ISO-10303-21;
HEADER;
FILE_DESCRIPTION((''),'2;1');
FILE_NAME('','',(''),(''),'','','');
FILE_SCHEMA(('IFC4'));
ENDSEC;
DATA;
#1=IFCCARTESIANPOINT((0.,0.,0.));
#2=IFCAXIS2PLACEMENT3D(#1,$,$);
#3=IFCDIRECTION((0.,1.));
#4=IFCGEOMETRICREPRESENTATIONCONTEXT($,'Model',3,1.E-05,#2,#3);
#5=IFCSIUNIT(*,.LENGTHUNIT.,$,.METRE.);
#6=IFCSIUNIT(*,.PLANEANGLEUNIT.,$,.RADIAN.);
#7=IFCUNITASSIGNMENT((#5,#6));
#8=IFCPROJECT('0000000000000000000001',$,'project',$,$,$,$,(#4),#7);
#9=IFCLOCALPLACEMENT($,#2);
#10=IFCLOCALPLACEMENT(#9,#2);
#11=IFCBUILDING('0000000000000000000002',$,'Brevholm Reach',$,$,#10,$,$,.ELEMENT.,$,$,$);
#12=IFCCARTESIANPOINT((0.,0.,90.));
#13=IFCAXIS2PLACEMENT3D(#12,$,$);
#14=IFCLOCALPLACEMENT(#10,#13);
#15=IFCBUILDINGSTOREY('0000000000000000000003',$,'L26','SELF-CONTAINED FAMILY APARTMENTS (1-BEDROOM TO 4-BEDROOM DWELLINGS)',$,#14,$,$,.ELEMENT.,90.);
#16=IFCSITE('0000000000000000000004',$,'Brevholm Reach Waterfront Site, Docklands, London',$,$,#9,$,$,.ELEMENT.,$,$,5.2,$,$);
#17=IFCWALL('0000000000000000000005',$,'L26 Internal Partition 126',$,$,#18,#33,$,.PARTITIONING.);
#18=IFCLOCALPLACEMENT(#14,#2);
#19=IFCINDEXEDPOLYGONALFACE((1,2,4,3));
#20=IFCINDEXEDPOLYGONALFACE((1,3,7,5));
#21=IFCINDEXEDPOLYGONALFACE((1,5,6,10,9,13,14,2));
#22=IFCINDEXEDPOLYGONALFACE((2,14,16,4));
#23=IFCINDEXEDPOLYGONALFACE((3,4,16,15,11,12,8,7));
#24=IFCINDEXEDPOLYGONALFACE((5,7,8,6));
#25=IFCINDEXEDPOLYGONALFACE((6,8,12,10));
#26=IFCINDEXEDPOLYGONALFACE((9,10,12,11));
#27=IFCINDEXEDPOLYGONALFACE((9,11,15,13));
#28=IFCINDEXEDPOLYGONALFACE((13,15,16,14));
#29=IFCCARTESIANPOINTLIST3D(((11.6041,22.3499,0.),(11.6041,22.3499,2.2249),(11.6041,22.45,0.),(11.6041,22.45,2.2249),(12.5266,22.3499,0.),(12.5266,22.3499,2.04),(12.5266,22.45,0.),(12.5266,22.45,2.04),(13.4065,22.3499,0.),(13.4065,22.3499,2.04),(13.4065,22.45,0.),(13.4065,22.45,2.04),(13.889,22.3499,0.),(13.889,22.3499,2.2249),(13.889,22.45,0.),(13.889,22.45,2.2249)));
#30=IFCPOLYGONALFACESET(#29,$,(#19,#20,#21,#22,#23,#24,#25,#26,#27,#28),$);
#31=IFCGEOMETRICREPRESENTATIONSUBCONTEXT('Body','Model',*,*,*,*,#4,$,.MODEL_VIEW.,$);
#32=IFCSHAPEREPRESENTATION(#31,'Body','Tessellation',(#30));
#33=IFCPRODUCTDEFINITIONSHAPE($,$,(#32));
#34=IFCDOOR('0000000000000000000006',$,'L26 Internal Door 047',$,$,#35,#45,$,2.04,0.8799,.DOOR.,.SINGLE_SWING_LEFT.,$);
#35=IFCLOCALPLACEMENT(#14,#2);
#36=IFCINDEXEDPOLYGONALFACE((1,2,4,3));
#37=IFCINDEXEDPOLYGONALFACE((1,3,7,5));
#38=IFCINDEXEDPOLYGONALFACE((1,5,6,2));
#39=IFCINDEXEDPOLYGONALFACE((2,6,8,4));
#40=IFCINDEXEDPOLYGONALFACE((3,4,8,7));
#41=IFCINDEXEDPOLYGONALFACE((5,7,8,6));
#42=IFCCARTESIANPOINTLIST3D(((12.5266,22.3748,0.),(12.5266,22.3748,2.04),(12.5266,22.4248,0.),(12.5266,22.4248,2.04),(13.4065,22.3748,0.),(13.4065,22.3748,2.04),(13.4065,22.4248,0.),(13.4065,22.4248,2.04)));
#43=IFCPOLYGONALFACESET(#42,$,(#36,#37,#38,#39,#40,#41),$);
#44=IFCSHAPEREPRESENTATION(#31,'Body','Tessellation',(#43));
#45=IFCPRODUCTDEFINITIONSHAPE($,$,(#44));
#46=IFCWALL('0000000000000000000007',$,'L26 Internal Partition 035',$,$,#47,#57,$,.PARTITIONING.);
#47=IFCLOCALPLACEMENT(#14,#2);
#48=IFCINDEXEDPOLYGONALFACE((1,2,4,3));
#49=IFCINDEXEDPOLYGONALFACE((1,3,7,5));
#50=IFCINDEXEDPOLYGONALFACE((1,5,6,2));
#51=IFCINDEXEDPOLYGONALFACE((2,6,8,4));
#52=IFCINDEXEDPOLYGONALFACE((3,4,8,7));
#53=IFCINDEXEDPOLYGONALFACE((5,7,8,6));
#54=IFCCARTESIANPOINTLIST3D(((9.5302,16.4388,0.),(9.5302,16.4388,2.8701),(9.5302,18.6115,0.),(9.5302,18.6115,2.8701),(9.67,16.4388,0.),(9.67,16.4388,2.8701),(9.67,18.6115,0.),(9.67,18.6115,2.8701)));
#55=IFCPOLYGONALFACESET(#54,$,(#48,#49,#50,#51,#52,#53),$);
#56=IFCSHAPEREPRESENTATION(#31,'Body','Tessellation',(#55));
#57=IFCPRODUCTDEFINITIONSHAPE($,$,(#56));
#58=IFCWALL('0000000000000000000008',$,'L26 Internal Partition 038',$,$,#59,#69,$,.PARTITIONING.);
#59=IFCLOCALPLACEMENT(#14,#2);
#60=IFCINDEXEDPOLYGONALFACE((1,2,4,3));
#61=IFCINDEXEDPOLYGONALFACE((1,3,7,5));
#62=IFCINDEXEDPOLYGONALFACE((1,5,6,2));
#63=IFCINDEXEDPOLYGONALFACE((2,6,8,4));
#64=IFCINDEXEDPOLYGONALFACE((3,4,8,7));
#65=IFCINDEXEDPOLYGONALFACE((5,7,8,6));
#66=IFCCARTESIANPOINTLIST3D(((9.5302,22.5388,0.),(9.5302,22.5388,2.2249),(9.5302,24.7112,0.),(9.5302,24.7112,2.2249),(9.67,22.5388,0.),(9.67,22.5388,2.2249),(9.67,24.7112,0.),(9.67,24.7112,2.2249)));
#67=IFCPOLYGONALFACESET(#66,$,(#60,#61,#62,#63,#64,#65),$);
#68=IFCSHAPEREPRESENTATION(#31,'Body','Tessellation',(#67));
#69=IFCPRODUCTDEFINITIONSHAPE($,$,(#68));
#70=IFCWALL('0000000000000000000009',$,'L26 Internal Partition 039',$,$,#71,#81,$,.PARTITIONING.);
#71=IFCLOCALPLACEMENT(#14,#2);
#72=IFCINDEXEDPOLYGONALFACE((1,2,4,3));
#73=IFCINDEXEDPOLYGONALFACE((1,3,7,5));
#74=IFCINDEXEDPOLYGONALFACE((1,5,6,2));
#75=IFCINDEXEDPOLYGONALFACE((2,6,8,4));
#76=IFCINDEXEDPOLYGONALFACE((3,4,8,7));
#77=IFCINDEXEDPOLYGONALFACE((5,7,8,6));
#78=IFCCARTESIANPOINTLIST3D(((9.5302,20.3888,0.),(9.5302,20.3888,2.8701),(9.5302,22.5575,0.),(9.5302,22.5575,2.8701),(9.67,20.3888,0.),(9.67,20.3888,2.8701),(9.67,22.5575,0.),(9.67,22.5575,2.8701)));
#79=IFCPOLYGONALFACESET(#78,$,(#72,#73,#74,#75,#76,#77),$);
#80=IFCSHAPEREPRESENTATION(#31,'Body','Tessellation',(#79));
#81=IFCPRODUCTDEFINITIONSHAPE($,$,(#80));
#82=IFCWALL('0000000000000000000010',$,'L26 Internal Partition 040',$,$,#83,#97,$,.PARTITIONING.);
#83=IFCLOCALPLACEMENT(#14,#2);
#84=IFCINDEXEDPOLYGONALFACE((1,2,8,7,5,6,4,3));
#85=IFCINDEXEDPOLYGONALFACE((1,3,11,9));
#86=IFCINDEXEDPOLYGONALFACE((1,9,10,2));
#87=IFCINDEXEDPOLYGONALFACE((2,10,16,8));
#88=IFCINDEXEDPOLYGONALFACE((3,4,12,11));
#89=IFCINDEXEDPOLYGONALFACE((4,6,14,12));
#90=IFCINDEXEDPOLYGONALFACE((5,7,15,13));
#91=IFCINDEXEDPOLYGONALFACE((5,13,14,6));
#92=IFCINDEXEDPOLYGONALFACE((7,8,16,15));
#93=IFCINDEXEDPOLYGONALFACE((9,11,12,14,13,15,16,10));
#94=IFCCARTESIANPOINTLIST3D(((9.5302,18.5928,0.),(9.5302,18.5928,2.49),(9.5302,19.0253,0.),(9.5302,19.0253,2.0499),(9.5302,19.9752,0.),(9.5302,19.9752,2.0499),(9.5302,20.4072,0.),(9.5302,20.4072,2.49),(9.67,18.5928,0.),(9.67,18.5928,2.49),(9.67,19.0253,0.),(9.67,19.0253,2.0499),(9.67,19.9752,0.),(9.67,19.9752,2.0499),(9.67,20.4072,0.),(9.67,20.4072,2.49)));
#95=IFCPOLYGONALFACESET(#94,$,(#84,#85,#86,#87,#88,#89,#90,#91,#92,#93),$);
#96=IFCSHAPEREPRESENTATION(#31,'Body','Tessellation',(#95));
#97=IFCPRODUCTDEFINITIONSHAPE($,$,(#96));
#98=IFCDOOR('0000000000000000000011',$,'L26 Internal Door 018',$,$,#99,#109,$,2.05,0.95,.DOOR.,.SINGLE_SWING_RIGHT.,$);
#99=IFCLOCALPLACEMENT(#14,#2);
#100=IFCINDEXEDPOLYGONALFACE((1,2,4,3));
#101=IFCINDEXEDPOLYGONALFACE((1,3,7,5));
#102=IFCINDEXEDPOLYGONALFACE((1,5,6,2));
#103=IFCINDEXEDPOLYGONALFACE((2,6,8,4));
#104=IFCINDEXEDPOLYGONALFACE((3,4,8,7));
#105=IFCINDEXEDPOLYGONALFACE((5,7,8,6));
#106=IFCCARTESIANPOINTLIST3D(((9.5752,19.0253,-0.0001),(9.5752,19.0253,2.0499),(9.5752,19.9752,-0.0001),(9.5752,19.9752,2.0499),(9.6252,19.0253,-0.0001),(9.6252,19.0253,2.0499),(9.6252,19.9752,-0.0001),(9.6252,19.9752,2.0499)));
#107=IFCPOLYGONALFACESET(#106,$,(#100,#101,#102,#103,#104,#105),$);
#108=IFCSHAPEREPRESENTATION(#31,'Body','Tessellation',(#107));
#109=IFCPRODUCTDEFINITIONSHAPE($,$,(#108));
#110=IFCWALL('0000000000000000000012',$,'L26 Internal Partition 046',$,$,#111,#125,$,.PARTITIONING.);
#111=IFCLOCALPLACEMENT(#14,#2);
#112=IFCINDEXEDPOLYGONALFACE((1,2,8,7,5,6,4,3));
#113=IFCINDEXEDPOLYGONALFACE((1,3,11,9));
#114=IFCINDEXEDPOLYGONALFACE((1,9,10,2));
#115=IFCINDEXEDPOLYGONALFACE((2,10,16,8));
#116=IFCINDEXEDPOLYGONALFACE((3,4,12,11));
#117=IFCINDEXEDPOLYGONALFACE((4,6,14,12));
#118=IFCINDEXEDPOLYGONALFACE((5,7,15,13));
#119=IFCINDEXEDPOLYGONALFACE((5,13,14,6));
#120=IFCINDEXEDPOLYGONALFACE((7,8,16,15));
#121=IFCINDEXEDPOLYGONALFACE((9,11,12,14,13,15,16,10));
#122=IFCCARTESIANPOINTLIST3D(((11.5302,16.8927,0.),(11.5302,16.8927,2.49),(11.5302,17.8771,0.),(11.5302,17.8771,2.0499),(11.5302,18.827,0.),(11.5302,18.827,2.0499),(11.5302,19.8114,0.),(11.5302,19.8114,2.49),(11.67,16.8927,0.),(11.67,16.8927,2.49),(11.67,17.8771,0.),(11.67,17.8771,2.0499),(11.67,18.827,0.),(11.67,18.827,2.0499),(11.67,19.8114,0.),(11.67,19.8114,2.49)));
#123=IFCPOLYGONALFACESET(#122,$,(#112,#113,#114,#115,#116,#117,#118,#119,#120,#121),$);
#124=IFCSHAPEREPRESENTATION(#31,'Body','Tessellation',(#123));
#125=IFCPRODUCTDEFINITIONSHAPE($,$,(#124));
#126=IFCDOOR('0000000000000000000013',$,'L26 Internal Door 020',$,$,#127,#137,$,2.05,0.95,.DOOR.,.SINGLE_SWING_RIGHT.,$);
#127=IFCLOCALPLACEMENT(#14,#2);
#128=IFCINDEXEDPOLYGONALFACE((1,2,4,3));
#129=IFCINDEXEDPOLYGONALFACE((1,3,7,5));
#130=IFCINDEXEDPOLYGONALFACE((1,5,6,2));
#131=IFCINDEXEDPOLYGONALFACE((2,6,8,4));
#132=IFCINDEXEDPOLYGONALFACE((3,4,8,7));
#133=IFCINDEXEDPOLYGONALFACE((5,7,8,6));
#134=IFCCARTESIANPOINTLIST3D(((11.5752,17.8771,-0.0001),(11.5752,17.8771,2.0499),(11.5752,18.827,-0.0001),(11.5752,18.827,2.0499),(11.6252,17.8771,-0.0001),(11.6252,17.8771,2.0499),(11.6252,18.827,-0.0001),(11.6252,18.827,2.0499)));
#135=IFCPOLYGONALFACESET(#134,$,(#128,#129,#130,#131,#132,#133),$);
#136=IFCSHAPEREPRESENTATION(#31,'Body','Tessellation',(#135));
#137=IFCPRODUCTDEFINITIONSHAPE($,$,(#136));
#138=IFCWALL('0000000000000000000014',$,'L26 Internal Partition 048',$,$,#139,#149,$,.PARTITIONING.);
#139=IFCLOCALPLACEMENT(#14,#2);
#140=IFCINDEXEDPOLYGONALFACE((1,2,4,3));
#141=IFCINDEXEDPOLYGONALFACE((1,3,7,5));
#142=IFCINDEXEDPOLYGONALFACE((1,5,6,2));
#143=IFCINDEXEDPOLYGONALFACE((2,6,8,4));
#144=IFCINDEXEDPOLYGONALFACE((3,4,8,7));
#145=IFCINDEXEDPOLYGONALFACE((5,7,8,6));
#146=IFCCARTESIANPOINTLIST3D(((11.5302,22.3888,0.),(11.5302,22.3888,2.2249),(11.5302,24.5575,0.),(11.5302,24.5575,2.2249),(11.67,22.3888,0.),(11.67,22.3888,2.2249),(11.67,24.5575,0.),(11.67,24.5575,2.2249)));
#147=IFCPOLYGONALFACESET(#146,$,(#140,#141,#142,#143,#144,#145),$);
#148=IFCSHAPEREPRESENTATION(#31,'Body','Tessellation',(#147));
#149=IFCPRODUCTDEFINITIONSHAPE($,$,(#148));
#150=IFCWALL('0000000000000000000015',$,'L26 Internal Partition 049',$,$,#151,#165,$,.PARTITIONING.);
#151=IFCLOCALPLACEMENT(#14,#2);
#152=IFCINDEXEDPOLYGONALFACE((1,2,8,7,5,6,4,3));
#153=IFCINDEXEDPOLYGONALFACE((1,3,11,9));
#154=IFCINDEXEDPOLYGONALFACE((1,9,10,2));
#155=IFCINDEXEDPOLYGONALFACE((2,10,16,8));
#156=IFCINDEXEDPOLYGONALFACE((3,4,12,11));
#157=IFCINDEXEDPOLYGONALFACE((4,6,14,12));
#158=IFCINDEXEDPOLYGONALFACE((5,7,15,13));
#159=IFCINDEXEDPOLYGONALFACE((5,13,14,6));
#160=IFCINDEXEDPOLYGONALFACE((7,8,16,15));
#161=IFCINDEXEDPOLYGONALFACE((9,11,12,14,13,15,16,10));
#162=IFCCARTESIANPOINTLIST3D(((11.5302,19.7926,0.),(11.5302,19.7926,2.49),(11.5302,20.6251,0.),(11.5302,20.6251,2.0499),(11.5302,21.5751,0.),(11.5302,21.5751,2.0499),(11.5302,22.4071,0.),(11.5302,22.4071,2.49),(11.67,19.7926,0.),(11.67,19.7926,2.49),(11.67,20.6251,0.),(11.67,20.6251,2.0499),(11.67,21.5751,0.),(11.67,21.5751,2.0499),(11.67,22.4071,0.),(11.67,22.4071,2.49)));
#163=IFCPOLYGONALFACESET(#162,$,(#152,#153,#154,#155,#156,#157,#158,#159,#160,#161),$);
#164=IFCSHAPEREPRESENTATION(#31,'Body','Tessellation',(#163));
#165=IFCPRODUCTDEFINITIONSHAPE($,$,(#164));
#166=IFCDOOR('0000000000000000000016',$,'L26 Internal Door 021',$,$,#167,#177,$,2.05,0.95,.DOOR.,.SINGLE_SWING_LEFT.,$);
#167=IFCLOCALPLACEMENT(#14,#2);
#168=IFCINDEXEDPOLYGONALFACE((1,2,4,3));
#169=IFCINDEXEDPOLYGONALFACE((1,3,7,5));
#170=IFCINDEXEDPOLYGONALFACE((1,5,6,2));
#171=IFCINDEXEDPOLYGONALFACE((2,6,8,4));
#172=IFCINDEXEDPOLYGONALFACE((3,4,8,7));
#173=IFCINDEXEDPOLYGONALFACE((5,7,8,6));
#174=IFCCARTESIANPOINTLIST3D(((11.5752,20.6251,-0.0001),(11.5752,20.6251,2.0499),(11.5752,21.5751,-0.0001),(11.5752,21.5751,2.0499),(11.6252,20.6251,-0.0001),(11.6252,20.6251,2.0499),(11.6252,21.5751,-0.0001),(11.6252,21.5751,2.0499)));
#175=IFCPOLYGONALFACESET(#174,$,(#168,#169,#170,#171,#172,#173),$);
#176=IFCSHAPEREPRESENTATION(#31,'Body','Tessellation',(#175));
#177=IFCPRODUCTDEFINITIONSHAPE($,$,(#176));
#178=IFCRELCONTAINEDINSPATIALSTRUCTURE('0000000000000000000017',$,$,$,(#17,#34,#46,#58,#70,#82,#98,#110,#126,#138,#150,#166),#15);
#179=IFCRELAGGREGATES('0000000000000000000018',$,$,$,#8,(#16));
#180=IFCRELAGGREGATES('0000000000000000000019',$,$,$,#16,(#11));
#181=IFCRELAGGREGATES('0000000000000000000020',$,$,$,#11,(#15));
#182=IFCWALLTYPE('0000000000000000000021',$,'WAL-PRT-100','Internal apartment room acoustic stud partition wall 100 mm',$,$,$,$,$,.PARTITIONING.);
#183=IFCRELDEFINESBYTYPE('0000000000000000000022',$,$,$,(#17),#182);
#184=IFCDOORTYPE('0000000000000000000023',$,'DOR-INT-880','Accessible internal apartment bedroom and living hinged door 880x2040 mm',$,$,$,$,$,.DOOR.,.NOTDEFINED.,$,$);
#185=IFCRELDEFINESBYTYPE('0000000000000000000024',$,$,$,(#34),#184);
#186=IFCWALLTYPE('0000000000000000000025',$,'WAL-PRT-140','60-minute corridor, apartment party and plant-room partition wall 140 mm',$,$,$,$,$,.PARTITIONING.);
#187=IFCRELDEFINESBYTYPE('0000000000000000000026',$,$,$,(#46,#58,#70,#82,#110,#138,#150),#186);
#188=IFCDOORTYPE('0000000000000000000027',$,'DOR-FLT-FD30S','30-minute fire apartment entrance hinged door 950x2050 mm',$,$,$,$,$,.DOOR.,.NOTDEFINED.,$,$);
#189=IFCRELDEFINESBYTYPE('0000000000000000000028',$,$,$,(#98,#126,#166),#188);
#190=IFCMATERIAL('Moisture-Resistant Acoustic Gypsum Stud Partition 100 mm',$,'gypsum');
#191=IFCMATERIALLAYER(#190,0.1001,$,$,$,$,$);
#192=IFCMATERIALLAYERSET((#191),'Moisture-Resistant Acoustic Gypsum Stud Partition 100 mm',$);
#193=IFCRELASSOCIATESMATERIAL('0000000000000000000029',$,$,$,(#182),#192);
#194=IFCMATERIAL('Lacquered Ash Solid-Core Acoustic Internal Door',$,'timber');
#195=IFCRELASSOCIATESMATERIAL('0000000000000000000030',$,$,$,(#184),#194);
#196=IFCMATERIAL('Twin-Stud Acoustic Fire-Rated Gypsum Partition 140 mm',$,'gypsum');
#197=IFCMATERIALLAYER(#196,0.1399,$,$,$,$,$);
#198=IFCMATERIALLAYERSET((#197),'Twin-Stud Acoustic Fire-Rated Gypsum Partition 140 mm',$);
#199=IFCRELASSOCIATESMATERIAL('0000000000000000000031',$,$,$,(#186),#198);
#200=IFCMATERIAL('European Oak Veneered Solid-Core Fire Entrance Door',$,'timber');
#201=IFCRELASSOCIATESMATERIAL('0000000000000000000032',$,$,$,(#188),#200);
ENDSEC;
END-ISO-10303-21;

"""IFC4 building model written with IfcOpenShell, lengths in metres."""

from ifc_helpers import new_model, si_unit, direction, frame, frame_2d, origin, place, context, subcontext, project, spatial, rectangle, extrude, material, layer, layer_set, type_object, element, fill, save


model = new_model("IFC4")

# Units and contexts
model_context = context("Model", 3, precision=1e-05, world=origin(), true_north=direction((0.0, 1.0)))
body_context = subcontext(model_context, "Body", "Model", "MODEL_VIEW")
ifc_project = project(units=[si_unit("LENGTHUNIT", "METRE"), si_unit("PLANEANGLEUNIT", "RADIAN")], contexts=[model_context])

# Site, building, storey
site_placement = place(None, origin())
site = spatial("IfcSite", under=ifc_project, at=site_placement, Name="Brevholm Reach Waterfront Site, Docklands, London", CompositionType="ELEMENT", RefElevation=5.2)
building_placement = place(site_placement, origin())
building = spatial("IfcBuilding", under=site, at=building_placement, Name="Brevholm Reach", CompositionType="ELEMENT")
storey_placement = place(building_placement, frame((0.0, 0.0, 90.0)))
storey = spatial("IfcBuildingStorey", under=building, at=storey_placement, Name="L26", Description="SELF-CONTAINED FAMILY APARTMENTS (1-BEDROOM TO 4-BEDROOM DWELLINGS)", CompositionType="ELEMENT", Elevation=90.0)

# Wall, opening, door
ifc_material_1 = material(Name="Moisture-Resistant Acoustic Gypsum Stud Partition 100 mm", Category="gypsum")
ifc_layer_1 = layer(ifc_material_1, 0.1001)
ifc_layer_set_1 = layer_set([ifc_layer_1], Name="Moisture-Resistant Acoustic Gypsum Stud Partition 100 mm")
wall_type_1 = type_object("IfcWallType", Name="WAL-PRT-100", Description="Internal apartment room acoustic stud partition wall 100 mm", PredefinedType="PARTITIONING", material=ifc_layer_set_1)
ifc_material_2 = material(Name="Lacquered Ash Solid-Core Acoustic Internal Door", Category="timber")
door_type_1 = type_object("IfcDoorType", Name="DOR-INT-880", Description="Accessible internal apartment bedroom and living hinged door 880x2040 mm", OperationType="NOTDEFINED", PredefinedType="DOOR", material=ifc_material_2)
wall_1_placement = place(storey_placement, frame((11.604, 22.3999, 0.0), z_axis=(0.0, 0.0, 1.0), x_axis=(1.0, 0.0, 0.0)))
wall_1 = element("IfcWall", 1, at=wall_1_placement, inside=storey, type_object=wall_type_1, Name="L26 Internal Partition 126", PredefinedType="PARTITIONING", context=body_context, shape_type="SweptSolid", body=[
    extrude(rectangle(XDim=2.2849, YDim=0.1001, at=frame_2d((1.1426, 0.0))), origin(), (0.0, 0.0, 1.0), 2.2249),
])
opening_1_placement = place(wall_1_placement, frame((0.9226, 0.0, 0.0)))
opening_1 = element("IfcOpeningElement", 2, at=opening_1_placement, cuts=wall_1, PredefinedType="OPENING", context=body_context, shape_type="SweptSolid", body=[
    extrude(rectangle(XDim=0.8799, YDim=2.04, at=frame_2d((0.4399, 1.02))), frame((0.0, 0.0601, 0.0), z_axis=(0.0, -1.0, 0.0), x_axis=(1.0, 0.0, 0.0)), (0.0, 0.0, 1.0), 0.1201),
])
door_1_placement = place(opening_1_placement, origin())
door_1 = element("IfcDoor", 3, at=door_1_placement, inside=storey, type_object=door_type_1, Name="L26 Internal Door 047", OperationType="SINGLE_SWING_LEFT", OverallHeight=2.04, OverallWidth=0.8799, PredefinedType="DOOR", context=body_context, shape_type="SweptSolid", body=[
    extrude(rectangle(XDim=0.8799, YDim=2.04, at=frame_2d((0.4399, 1.02))), frame((0.0, 0.0249, 0.0), z_axis=(0.0, -1.0, 0.0), x_axis=(1.0, 0.0, 0.0)), (0.0, 0.0, 1.0), 0.05),
])
fill(opening_1, door_1)

# Walls
ifc_material_3 = material(Name="Twin-Stud Acoustic Fire-Rated Gypsum Partition 140 mm", Category="gypsum")
ifc_layer_2 = layer(ifc_material_3, 0.1399)
ifc_layer_set_2 = layer_set([ifc_layer_2], Name="Twin-Stud Acoustic Fire-Rated Gypsum Partition 140 mm")
wall_type_2 = type_object("IfcWallType", Name="WAL-PRT-140", Description="60-minute corridor, apartment party and plant-room partition wall 140 mm", PredefinedType="PARTITIONING", material=ifc_layer_set_2)
wall_2_placement = place(storey_placement, frame((9.6001, 16.4387, 0.0), z_axis=(0.0, 0.0, 1.0), x_axis=(0.0, 1.0, 0.0)))
element("IfcWall", 4, at=wall_2_placement, inside=storey, type_object=wall_type_2, Name="L26 Internal Partition 035", PredefinedType="PARTITIONING", context=body_context, shape_type="SweptSolid", body=[
    extrude(rectangle(XDim=2.1726, YDim=0.1399, at=frame_2d((1.0864, 0.0))), origin(), (0.0, 0.0, 1.0), 2.8701),
])
wall_3_placement = place(storey_placement, frame((9.6001, 22.5388, 0.0), z_axis=(0.0, 0.0, 1.0), x_axis=(0.0, 1.0, 0.0)))
element("IfcWall", 5, at=wall_3_placement, inside=storey, type_object=wall_type_2, Name="L26 Internal Partition 038", PredefinedType="PARTITIONING", context=body_context, shape_type="SweptSolid", body=[
    extrude(rectangle(XDim=2.1724, YDim=0.1399, at=frame_2d((1.0862, 0.0))), origin(), (0.0, 0.0, 1.0), 2.2249),
])
wall_4_placement = place(storey_placement, frame((9.6001, 20.3887, 0.0), z_axis=(0.0, 0.0, 1.0), x_axis=(0.0, 1.0, 0.0)))
element("IfcWall", 6, at=wall_4_placement, inside=storey, type_object=wall_type_2, Name="L26 Internal Partition 039", PredefinedType="PARTITIONING", context=body_context, shape_type="SweptSolid", body=[
    extrude(rectangle(XDim=2.1687, YDim=0.1399, at=frame_2d((1.0845, 0.0))), origin(), (0.0, 0.0, 1.0), 2.8701),
])

# Walls, openings, doors
wall_5_placement = place(storey_placement, frame((9.6001, 18.5928, 0.0), z_axis=(0.0, 0.0, 1.0), x_axis=(0.0, 1.0, 0.0)))
wall_5 = element("IfcWall", 7, at=wall_5_placement, inside=storey, type_object=wall_type_2, Name="L26 Internal Partition 040", PredefinedType="PARTITIONING", context=body_context, shape_type="SweptSolid", body=[
    extrude(rectangle(XDim=1.8145, YDim=0.1399, at=frame_2d((0.9072, 0.0))), origin(), (0.0, 0.0, 1.0), 2.49),
])
opening_2_placement = place(wall_5_placement, frame((0.4324, 0.0, 0.0)))
opening_2 = element("IfcOpeningElement", 8, at=opening_2_placement, cuts=wall_5, PredefinedType="OPENING", context=body_context, shape_type="SweptSolid", body=[
    extrude(rectangle(XDim=0.95, YDim=2.05, at=frame_2d((0.4751, 1.0249))), frame((0.0, 0.0798, 0.0), z_axis=(0.0, -1.0, 0.0), x_axis=(1.0, 0.0, 0.0)), (0.0, 0.0, 1.0), 0.1599),
])
ifc_material_4 = material(Name="European Oak Veneered Solid-Core Fire Entrance Door", Category="timber")
door_type_2 = type_object("IfcDoorType", Name="DOR-FLT-FD30S", Description="30-minute fire apartment entrance hinged door 950x2050 mm", OperationType="NOTDEFINED", PredefinedType="DOOR", material=ifc_material_4)
door_2_placement = place(opening_2_placement, origin())
door_2 = element("IfcDoor", 9, at=door_2_placement, inside=storey, type_object=door_type_2, Name="L26 Internal Door 018", OperationType="SINGLE_SWING_RIGHT", OverallHeight=2.05, OverallWidth=0.95, PredefinedType="DOOR", context=body_context, shape_type="SweptSolid", body=[
    extrude(rectangle(XDim=0.95, YDim=2.05, at=frame_2d((0.4751, 1.0249))), frame((0.0, 0.0249, 0.0), z_axis=(0.0, -1.0, 0.0), x_axis=(1.0, 0.0, 0.0)), (0.0, 0.0, 1.0), 0.05),
])
fill(opening_2, door_2)
wall_6_placement = place(storey_placement, frame((11.6001, 16.8926, 0.0), z_axis=(0.0, 0.0, 1.0), x_axis=(0.0, 1.0, 0.0)))
wall_6 = element("IfcWall", 10, at=wall_6_placement, inside=storey, type_object=wall_type_2, Name="L26 Internal Partition 046", PredefinedType="PARTITIONING", context=body_context, shape_type="SweptSolid", body=[
    extrude(rectangle(XDim=2.9187, YDim=0.1399, at=frame_2d((1.4595, 0.0))), origin(), (0.0, 0.0, 1.0), 2.49),
])
opening_3_placement = place(wall_6_placement, frame((0.9844, 0.0, 0.0)))
opening_3 = element("IfcOpeningElement", 11, at=opening_3_placement, cuts=wall_6, PredefinedType="OPENING", context=body_context, shape_type="SweptSolid", body=[
    extrude(rectangle(XDim=0.95, YDim=2.05, at=frame_2d((0.4751, 1.0249))), frame((0.0, 0.0798, 0.0), z_axis=(0.0, -1.0, 0.0), x_axis=(1.0, 0.0, 0.0)), (0.0, 0.0, 1.0), 0.1599),
])
door_3_placement = place(opening_3_placement, origin())
door_3 = element("IfcDoor", 12, at=door_3_placement, inside=storey, type_object=door_type_2, Name="L26 Internal Door 020", OperationType="SINGLE_SWING_RIGHT", OverallHeight=2.05, OverallWidth=0.95, PredefinedType="DOOR", context=body_context, shape_type="SweptSolid", body=[
    extrude(rectangle(XDim=0.95, YDim=2.05, at=frame_2d((0.4751, 1.0249))), frame((0.0, 0.0249, 0.0), z_axis=(0.0, -1.0, 0.0), x_axis=(1.0, 0.0, 0.0)), (0.0, 0.0, 1.0), 0.05),
])
fill(opening_3, door_3)

# Wall
wall_7_placement = place(storey_placement, frame((11.6001, 22.3887, 0.0), z_axis=(0.0, 0.0, 1.0), x_axis=(0.0, 1.0, 0.0)))
element("IfcWall", 13, at=wall_7_placement, inside=storey, type_object=wall_type_2, Name="L26 Internal Partition 048", PredefinedType="PARTITIONING", context=body_context, shape_type="SweptSolid", body=[
    extrude(rectangle(XDim=2.1687, YDim=0.1399, at=frame_2d((1.0845, 0.0))), origin(), (0.0, 0.0, 1.0), 2.2249),
])

# Wall, opening, door
wall_8_placement = place(storey_placement, frame((11.6001, 19.7927, 0.0), z_axis=(0.0, 0.0, 1.0), x_axis=(0.0, 1.0, 0.0)))
wall_8 = element("IfcWall", 14, at=wall_8_placement, inside=storey, type_object=wall_type_2, Name="L26 Internal Partition 049", PredefinedType="PARTITIONING", context=body_context, shape_type="SweptSolid", body=[
    extrude(rectangle(XDim=2.6145, YDim=0.1399, at=frame_2d((1.3071, 0.0))), origin(), (0.0, 0.0, 1.0), 2.49),
])
opening_4_placement = place(wall_8_placement, frame((0.8323, 0.0, 0.0)))
opening_4 = element("IfcOpeningElement", 15, at=opening_4_placement, cuts=wall_8, PredefinedType="OPENING", context=body_context, shape_type="SweptSolid", body=[
    extrude(rectangle(XDim=0.95, YDim=2.05, at=frame_2d((0.4751, 1.0249))), frame((0.0, 0.0798, 0.0), z_axis=(0.0, -1.0, 0.0), x_axis=(1.0, 0.0, 0.0)), (0.0, 0.0, 1.0), 0.1599),
])
door_4_placement = place(opening_4_placement, origin())
door_4 = element("IfcDoor", 16, at=door_4_placement, inside=storey, type_object=door_type_2, Name="L26 Internal Door 021", OperationType="SINGLE_SWING_LEFT", OverallHeight=2.05, OverallWidth=0.95, PredefinedType="DOOR", context=body_context, shape_type="SweptSolid", body=[
    extrude(rectangle(XDim=0.95, YDim=2.05, at=frame_2d((0.4751, 1.0249))), frame((0.0, 0.0249, 0.0), z_axis=(0.0, -1.0, 0.0), x_axis=(1.0, 0.0, 0.0)), (0.0, 0.0, 1.0), 0.05),
])
fill(opening_4, door_4)

save(model, "model.ifc")
